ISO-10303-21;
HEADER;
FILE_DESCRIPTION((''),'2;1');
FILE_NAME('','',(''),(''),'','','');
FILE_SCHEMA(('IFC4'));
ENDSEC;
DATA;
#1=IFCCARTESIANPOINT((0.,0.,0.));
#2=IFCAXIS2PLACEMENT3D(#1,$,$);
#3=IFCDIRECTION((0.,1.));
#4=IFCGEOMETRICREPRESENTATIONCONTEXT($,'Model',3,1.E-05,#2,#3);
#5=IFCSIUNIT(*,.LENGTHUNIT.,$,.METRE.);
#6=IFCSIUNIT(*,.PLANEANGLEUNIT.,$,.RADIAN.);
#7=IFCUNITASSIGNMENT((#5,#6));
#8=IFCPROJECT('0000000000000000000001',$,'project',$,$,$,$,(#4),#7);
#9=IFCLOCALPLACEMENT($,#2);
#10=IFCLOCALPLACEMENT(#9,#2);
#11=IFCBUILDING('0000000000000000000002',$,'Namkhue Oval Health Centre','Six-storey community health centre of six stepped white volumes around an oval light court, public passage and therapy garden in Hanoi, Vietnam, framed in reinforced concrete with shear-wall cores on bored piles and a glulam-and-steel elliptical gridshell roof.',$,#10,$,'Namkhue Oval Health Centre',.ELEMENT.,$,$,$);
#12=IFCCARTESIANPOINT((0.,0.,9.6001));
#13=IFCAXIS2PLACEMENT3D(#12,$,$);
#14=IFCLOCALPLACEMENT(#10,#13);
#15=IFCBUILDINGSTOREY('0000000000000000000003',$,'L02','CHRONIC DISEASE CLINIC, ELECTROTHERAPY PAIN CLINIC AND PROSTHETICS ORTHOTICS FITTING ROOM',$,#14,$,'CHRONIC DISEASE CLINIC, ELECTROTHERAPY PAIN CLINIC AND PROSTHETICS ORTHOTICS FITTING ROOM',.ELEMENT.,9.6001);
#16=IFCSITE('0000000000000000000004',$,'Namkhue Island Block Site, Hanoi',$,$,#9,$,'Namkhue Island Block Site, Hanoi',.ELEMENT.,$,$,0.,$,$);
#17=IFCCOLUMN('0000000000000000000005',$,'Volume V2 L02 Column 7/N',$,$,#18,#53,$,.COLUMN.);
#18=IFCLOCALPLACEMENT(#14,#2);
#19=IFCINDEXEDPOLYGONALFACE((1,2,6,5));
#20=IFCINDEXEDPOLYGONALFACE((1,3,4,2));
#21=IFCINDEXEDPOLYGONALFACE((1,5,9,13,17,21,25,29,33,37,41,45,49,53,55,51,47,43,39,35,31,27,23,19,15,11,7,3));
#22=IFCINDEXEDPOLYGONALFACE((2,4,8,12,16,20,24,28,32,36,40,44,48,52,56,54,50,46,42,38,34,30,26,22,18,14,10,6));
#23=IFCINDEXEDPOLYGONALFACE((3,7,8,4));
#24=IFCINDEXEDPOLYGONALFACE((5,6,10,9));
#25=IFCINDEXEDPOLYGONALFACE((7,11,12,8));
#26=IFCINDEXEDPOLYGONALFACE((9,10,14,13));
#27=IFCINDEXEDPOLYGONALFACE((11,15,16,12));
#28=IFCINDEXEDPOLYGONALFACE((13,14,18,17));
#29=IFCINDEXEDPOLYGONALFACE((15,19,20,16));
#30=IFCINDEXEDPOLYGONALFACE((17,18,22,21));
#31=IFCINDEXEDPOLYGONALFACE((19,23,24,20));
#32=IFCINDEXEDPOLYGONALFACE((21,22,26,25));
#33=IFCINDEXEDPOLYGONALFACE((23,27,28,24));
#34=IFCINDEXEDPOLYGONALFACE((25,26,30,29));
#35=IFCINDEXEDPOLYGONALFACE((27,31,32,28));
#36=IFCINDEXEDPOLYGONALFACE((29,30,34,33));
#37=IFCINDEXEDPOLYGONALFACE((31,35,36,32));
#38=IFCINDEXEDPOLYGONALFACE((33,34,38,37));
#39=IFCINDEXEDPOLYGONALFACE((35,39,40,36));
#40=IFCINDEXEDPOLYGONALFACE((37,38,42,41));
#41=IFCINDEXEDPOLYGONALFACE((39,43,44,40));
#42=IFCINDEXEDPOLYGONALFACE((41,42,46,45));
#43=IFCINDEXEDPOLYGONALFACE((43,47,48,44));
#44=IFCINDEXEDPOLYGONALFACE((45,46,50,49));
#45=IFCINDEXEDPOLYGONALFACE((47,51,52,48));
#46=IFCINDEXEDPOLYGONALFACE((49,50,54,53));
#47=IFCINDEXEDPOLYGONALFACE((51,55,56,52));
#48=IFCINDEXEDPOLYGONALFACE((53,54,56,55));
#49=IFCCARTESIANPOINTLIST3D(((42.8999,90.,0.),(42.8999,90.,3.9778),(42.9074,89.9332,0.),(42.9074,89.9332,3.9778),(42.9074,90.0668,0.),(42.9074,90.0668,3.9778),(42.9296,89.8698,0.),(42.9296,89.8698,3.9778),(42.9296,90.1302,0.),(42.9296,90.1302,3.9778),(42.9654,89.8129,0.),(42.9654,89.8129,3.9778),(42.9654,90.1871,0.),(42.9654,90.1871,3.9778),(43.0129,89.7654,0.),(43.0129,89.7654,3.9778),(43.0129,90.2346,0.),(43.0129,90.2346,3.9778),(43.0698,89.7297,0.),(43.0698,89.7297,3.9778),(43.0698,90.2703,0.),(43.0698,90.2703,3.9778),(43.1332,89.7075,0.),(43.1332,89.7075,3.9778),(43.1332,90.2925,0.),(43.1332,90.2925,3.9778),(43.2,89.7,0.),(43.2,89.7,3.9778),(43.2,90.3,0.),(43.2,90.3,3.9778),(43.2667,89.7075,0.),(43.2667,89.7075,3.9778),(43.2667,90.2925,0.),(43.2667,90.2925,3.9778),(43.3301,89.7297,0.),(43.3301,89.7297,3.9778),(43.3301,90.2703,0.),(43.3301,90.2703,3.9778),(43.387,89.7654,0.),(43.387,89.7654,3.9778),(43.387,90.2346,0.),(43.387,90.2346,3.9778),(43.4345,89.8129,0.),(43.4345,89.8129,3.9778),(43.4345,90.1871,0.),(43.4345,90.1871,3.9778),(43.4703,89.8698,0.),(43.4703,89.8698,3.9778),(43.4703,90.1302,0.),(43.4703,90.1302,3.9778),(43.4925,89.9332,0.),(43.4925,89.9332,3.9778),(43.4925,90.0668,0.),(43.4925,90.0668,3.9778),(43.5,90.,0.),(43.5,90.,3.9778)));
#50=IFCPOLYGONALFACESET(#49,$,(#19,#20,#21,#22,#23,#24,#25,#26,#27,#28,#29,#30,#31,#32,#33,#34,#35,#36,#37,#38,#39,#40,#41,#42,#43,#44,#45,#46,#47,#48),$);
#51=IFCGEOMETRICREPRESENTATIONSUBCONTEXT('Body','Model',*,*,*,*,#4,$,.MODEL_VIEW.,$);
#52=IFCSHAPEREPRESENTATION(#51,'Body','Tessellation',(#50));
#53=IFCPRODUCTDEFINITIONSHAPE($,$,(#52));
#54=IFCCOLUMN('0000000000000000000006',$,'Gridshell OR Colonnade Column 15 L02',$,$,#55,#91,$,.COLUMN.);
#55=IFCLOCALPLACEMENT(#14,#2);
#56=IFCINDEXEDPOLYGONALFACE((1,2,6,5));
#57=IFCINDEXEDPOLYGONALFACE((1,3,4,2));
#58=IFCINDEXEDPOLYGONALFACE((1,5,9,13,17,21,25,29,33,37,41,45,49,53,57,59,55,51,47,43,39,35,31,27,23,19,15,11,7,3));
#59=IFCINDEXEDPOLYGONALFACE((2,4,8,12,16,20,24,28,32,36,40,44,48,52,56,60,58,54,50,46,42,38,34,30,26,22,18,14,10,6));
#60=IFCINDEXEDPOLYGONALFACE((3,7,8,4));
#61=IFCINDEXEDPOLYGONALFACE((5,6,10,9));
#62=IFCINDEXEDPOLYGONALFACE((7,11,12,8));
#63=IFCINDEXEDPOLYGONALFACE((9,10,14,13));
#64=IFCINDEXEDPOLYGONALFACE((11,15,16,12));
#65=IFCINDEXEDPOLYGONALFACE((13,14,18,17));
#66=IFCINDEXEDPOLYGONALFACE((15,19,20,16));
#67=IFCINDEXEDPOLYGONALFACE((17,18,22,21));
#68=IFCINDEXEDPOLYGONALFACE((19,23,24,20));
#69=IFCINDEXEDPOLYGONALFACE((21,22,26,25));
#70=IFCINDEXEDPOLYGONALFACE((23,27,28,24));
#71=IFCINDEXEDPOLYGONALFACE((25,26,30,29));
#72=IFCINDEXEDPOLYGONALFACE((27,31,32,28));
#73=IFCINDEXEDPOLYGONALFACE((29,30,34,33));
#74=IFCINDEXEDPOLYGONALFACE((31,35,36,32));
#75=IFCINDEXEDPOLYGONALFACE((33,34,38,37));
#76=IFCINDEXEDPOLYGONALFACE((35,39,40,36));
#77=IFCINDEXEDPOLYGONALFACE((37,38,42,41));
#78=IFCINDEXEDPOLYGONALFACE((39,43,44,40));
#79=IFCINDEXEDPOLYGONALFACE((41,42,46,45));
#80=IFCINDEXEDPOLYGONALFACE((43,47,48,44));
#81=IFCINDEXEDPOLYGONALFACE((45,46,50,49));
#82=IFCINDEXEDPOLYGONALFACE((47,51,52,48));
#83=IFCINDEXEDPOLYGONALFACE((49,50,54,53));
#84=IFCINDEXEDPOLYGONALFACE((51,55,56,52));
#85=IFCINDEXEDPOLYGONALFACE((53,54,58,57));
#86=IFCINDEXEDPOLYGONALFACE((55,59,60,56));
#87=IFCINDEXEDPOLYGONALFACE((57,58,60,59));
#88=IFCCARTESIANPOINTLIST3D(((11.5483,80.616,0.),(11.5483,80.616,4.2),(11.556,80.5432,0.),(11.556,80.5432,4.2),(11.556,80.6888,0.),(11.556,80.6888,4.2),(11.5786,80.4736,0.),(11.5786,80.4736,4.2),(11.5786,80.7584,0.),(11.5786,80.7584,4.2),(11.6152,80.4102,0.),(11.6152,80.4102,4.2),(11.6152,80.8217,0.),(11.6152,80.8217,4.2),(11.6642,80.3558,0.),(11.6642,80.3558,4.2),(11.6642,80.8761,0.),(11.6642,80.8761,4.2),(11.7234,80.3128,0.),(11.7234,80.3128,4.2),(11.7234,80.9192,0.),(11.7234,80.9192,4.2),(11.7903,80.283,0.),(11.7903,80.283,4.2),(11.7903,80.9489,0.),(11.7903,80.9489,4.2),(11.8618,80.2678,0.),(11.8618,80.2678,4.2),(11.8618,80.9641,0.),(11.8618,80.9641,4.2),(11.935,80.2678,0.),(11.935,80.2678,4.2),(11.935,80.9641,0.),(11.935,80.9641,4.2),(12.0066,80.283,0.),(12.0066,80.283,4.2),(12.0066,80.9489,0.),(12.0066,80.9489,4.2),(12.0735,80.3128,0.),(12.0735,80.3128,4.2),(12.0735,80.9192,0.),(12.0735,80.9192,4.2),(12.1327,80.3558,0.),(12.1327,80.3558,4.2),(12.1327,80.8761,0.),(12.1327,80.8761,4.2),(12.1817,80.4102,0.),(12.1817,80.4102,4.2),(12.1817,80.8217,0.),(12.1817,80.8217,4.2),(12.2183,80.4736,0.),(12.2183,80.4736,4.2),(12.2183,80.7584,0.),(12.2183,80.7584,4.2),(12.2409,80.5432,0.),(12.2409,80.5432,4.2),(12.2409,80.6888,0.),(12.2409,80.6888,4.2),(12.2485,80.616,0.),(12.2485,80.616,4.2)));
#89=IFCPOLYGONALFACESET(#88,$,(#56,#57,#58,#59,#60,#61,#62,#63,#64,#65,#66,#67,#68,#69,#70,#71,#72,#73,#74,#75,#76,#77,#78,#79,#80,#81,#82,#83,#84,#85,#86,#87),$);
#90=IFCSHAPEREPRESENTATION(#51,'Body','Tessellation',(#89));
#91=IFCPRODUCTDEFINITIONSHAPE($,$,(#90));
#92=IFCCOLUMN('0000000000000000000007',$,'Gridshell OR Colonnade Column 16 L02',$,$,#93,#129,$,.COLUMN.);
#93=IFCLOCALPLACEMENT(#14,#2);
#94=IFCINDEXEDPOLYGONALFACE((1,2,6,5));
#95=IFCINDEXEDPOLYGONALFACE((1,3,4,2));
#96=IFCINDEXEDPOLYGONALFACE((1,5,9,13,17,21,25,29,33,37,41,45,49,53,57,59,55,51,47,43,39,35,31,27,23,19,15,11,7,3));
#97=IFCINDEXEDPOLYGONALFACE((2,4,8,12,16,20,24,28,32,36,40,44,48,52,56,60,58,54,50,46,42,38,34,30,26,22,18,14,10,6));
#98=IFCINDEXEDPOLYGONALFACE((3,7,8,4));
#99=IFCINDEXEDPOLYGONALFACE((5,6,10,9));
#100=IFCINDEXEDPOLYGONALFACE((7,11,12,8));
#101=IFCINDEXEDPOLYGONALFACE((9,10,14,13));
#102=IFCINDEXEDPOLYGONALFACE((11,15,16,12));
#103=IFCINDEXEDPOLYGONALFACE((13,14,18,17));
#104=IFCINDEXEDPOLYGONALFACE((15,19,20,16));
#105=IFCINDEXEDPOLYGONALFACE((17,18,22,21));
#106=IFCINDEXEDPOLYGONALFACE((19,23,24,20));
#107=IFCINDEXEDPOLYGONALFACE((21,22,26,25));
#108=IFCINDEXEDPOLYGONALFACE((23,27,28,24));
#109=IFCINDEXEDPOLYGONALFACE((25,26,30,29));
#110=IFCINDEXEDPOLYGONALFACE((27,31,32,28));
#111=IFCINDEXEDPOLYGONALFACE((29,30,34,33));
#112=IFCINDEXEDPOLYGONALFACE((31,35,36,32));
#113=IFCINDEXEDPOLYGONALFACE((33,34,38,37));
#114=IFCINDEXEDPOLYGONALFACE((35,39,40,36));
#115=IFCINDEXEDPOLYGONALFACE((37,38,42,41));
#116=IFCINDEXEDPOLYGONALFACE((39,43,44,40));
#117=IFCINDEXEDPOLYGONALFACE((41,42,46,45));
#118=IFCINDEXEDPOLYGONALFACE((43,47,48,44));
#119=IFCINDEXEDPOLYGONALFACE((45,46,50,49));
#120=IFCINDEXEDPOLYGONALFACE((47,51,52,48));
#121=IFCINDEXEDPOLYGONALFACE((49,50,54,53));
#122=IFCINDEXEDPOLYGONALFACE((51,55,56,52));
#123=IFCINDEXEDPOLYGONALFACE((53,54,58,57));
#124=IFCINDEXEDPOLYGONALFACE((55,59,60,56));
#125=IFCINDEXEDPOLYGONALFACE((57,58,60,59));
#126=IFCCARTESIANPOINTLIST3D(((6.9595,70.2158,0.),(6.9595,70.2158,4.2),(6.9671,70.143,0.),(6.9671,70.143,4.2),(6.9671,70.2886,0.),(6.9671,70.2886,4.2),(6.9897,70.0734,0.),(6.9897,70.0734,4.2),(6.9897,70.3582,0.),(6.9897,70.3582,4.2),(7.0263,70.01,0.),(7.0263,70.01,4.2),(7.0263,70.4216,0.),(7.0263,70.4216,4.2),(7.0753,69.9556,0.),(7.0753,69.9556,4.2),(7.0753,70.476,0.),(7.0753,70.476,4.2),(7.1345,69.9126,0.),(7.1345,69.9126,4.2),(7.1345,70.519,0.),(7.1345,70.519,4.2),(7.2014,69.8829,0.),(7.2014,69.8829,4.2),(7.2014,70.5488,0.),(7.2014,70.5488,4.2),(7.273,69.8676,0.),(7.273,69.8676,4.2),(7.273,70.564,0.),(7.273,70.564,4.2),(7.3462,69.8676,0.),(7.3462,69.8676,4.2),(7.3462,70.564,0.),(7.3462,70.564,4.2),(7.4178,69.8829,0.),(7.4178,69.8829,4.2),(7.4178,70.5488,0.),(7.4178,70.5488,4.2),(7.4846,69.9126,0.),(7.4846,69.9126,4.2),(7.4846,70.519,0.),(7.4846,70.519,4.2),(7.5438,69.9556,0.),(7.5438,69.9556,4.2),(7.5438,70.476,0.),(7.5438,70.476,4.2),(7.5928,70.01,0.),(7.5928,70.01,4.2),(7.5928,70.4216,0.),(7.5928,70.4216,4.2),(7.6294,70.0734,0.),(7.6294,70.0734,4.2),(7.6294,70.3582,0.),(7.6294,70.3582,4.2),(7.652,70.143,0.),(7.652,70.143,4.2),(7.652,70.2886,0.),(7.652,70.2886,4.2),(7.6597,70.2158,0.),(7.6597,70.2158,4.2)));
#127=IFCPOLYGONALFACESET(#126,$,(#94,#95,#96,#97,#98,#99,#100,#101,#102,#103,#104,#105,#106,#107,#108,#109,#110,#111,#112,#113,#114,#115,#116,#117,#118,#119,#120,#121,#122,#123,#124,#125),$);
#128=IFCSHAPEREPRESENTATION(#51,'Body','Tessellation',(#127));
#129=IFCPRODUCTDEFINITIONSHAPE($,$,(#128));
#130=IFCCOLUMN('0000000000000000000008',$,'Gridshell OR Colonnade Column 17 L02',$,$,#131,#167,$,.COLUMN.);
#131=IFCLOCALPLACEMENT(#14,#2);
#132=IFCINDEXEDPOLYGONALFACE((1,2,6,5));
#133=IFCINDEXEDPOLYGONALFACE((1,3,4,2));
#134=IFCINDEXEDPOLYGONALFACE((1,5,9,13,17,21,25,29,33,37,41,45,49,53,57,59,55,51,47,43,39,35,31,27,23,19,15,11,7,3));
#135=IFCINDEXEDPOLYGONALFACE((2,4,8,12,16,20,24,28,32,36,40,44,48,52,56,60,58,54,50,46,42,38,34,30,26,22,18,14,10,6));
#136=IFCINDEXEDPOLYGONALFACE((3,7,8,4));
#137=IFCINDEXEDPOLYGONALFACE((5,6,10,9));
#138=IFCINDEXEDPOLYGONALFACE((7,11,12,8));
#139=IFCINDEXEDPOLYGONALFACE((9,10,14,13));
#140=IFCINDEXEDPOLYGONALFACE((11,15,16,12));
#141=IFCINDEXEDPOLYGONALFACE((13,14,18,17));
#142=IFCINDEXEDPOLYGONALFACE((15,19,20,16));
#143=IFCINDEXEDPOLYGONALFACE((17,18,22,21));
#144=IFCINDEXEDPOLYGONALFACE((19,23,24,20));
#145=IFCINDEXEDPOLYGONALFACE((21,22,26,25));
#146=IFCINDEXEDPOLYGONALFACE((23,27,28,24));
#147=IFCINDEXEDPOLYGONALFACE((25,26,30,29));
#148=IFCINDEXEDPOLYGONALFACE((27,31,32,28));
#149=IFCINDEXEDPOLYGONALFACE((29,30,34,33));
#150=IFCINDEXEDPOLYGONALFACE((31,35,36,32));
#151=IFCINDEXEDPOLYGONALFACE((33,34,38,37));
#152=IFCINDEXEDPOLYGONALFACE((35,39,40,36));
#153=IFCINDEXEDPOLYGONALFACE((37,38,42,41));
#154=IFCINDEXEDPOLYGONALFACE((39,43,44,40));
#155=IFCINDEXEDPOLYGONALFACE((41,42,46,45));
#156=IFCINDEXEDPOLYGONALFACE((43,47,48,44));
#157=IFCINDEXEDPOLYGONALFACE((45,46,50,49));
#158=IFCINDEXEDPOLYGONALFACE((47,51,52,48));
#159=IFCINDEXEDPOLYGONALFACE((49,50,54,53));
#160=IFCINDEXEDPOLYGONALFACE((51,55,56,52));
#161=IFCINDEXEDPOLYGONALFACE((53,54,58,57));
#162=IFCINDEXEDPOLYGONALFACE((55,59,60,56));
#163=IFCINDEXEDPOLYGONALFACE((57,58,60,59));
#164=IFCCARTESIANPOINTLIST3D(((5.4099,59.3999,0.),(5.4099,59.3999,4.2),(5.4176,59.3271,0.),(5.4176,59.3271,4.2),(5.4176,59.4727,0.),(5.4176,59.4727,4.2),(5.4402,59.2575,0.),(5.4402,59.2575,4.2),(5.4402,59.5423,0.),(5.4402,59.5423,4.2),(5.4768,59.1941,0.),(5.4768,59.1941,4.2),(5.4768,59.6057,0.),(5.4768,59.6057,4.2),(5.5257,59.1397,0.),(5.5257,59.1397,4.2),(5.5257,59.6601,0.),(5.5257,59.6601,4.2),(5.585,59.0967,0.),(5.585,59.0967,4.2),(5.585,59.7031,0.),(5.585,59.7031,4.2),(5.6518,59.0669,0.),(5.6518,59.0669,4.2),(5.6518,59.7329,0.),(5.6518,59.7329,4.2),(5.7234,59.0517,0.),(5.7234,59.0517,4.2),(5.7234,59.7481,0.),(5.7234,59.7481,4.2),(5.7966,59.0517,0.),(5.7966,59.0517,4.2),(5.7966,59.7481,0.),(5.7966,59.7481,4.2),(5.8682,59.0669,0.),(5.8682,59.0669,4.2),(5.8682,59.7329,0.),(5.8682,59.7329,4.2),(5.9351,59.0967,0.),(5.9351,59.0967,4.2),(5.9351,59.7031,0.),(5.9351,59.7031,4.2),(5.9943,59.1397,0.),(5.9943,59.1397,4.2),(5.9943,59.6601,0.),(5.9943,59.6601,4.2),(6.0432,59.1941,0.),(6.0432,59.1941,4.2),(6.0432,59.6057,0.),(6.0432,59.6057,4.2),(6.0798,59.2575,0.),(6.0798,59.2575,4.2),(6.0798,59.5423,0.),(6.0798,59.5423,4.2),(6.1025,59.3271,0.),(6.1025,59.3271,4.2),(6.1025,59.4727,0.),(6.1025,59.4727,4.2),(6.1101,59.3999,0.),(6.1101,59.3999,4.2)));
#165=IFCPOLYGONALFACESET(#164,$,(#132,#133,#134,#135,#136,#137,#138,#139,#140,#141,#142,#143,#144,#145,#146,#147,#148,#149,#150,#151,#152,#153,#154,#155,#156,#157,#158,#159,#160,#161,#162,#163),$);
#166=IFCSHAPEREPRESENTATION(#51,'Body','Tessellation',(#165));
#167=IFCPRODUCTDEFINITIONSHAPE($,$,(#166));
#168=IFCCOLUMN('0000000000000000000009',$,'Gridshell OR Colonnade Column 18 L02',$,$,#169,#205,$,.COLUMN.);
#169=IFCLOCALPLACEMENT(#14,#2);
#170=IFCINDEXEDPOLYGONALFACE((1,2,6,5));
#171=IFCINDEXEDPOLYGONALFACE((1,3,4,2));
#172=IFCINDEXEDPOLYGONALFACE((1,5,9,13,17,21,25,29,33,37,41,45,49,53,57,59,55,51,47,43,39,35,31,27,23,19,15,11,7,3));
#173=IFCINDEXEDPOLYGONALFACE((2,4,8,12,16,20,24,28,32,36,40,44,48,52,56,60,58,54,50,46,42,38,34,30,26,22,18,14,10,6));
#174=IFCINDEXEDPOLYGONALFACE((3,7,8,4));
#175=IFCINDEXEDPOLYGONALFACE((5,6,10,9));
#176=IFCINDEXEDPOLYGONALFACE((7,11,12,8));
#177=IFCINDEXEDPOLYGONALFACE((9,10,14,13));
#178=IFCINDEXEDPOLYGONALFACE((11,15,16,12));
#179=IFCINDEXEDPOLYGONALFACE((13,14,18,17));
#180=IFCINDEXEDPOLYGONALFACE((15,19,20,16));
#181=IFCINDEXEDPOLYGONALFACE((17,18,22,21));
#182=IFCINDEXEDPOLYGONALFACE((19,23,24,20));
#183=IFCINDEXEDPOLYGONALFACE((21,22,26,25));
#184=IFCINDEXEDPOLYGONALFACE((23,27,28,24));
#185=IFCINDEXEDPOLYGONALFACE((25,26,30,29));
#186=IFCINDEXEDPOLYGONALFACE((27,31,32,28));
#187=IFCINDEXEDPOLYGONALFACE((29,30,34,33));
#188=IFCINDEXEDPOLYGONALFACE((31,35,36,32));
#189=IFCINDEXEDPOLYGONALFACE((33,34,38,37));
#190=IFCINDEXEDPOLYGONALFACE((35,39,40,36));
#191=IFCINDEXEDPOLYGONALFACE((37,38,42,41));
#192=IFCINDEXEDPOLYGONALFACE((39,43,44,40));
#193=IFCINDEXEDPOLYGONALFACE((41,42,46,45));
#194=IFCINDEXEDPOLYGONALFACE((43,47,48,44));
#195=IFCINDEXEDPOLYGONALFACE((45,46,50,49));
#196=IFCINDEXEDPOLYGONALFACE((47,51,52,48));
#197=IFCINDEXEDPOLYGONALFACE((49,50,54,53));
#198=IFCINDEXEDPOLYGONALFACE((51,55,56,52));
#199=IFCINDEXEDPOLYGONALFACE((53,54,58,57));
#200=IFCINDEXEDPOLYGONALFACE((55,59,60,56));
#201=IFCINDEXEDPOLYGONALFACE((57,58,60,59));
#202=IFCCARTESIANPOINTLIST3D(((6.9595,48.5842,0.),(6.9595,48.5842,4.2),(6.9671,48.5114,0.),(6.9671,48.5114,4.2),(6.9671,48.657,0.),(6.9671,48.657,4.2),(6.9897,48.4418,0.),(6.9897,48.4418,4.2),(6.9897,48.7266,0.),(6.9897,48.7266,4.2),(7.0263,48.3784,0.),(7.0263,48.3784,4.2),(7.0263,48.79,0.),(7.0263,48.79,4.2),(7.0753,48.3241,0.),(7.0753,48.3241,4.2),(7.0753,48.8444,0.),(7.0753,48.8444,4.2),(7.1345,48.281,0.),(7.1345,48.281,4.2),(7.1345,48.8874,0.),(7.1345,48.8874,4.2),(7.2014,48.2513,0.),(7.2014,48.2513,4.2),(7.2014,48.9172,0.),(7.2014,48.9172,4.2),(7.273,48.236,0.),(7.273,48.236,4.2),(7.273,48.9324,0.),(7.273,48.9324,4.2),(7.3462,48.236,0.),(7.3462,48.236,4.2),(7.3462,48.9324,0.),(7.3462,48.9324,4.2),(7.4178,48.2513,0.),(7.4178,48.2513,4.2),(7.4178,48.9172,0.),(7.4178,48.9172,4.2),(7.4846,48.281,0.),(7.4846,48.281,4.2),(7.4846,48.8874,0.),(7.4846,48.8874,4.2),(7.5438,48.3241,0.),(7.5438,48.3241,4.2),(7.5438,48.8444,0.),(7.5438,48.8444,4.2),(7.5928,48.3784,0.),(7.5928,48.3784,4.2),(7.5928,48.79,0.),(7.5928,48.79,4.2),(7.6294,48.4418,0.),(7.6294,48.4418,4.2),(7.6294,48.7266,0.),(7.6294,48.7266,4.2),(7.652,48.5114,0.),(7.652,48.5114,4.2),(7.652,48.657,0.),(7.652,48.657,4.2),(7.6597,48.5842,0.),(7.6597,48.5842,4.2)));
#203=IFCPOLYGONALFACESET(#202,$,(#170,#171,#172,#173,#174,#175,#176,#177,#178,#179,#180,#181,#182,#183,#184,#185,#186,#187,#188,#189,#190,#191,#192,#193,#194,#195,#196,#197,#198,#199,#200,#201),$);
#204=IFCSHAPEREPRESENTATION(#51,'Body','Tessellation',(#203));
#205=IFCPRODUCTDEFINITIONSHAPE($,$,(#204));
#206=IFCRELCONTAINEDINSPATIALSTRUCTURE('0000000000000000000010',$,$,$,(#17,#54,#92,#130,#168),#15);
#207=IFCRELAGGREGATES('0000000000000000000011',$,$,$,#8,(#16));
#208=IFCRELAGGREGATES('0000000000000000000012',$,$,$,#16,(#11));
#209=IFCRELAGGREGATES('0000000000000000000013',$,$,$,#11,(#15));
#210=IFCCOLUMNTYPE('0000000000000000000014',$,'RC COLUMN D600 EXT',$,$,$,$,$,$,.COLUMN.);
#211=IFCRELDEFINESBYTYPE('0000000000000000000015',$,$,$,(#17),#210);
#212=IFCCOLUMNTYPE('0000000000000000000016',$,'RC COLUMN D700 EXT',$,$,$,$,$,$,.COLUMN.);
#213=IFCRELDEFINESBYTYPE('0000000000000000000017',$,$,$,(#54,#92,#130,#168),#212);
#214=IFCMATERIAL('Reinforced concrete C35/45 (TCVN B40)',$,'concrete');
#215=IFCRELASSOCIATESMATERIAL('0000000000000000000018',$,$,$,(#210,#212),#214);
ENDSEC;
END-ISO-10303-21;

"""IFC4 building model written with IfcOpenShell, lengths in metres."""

from ifc_helpers import new_model, si_unit, direction, frame, origin, origin_2d, place, context, subcontext, project, spatial, circle, extrude, material, material_profile, profile_set, type_object, element, save


model = new_model("IFC4")

# Units and contexts
model_context = context("Model", 3, precision=1e-05, world=origin(), true_north=direction((0.0, 1.0)))
body_context = subcontext(model_context, "Body", "Model", "MODEL_VIEW")
ifc_project = project(units=[si_unit("LENGTHUNIT", "METRE"), si_unit("PLANEANGLEUNIT", "RADIAN")], contexts=[model_context])

# Site, building, storey
site_placement = place(None, origin())
site = spatial("IfcSite", under=ifc_project, at=site_placement, Name="Namkhue Island Block Site, Hanoi", LongName="Namkhue Island Block Site, Hanoi", CompositionType="ELEMENT", RefElevation=0.0)
building_placement = place(site_placement, origin())
building = spatial("IfcBuilding", under=site, at=building_placement, Name="Namkhue Oval Health Centre", Description="Six-storey community health centre of six stepped white volumes around an oval light court, public passage and therapy garden in Hanoi, Vietnam, framed in reinforced concrete with shear-wall cores on bored piles and a glulam-and-steel elliptical gridshell roof.", LongName="Namkhue Oval Health Centre", CompositionType="ELEMENT")
storey_placement = place(building_placement, frame((0.0, 0.0, 9.6001)))
storey = spatial("IfcBuildingStorey", under=building, at=storey_placement, Name="L02", Description="CHRONIC DISEASE CLINIC, ELECTROTHERAPY PAIN CLINIC AND PROSTHETICS ORTHOTICS FITTING ROOM", LongName="CHRONIC DISEASE CLINIC, ELECTROTHERAPY PAIN CLINIC AND PROSTHETICS ORTHOTICS FITTING ROOM", CompositionType="ELEMENT", Elevation=9.6001)

# Columns
ifc_material_1 = material(Name="Reinforced concrete C35/45 (TCVN B40)", Category="concrete")
ifc_material_profile_1 = material_profile(ifc_material_1, circle(Radius=0.3, at=origin_2d()), Name="RC D600")
ifc_profile_set_1 = profile_set([ifc_material_profile_1], Name="Reinforced concrete C35/45 (TCVN B40)")
column_type_1 = type_object("IfcColumnType", Name="RC COLUMN D600 EXT", PredefinedType="COLUMN", material=ifc_profile_set_1)
column_placement = place(storey_placement, frame((43.2, 90.0, 0.0), z_axis=(0.0, 0.0, 1.0), x_axis=(1.0, 0.0, 0.0)))
element("IfcColumn", 1, at=column_placement, inside=storey, type_object=column_type_1, Name="Volume V2 L02 Column 7/N", PredefinedType="COLUMN", context=body_context, shape_type="SweptSolid", body=[
    extrude(circle(Radius=0.3, at=origin_2d()), origin(), (0.0, 0.0, 1.0), 3.9778),
])
ifc_material_profile_2 = material_profile(ifc_material_1, circle(Radius=0.3501, at=origin_2d()), Name="RC D700")
ifc_profile_set_2 = profile_set([ifc_material_profile_2], Name="Reinforced concrete C35/45 (TCVN B40)")
column_type_2 = type_object("IfcColumnType", Name="RC COLUMN D700 EXT", PredefinedType="COLUMN", material=ifc_profile_set_2)
for number, where, z_axis, x_axis, name in (
    (2, (11.8984, 80.616, 0.0), (0.0, 0.0, 1.0), (1.0, 0.0, 0.0), "Gridshell OR Colonnade Column 15 L02"),
    (3, (7.3096, 70.2158, 0.0), (0.0, 0.0, 1.0), (1.0, 0.0, 0.0), "Gridshell OR Colonnade Column 16 L02"),
    (4, (5.76, 59.3999, 0.0), (0.0, 0.0, 1.0), (1.0, 0.0, 0.0), "Gridshell OR Colonnade Column 17 L02"),
    (5, (7.3096, 48.5842, 0.0), (0.0, 0.0, 1.0), (1.0, 0.0, 0.0), "Gridshell OR Colonnade Column 18 L02"),
):
    element("IfcColumn", number, at=place(storey_placement, frame(where, z_axis=z_axis, x_axis=x_axis)), inside=storey, type_object=column_type_2, Name=name, PredefinedType="COLUMN", context=body_context, shape_type="SweptSolid", body=[
        extrude(circle(Radius=0.3501, at=origin_2d()), origin(), (0.0, 0.0, 1.0), 4.2),
    ])

save(model, "model.ifc")
